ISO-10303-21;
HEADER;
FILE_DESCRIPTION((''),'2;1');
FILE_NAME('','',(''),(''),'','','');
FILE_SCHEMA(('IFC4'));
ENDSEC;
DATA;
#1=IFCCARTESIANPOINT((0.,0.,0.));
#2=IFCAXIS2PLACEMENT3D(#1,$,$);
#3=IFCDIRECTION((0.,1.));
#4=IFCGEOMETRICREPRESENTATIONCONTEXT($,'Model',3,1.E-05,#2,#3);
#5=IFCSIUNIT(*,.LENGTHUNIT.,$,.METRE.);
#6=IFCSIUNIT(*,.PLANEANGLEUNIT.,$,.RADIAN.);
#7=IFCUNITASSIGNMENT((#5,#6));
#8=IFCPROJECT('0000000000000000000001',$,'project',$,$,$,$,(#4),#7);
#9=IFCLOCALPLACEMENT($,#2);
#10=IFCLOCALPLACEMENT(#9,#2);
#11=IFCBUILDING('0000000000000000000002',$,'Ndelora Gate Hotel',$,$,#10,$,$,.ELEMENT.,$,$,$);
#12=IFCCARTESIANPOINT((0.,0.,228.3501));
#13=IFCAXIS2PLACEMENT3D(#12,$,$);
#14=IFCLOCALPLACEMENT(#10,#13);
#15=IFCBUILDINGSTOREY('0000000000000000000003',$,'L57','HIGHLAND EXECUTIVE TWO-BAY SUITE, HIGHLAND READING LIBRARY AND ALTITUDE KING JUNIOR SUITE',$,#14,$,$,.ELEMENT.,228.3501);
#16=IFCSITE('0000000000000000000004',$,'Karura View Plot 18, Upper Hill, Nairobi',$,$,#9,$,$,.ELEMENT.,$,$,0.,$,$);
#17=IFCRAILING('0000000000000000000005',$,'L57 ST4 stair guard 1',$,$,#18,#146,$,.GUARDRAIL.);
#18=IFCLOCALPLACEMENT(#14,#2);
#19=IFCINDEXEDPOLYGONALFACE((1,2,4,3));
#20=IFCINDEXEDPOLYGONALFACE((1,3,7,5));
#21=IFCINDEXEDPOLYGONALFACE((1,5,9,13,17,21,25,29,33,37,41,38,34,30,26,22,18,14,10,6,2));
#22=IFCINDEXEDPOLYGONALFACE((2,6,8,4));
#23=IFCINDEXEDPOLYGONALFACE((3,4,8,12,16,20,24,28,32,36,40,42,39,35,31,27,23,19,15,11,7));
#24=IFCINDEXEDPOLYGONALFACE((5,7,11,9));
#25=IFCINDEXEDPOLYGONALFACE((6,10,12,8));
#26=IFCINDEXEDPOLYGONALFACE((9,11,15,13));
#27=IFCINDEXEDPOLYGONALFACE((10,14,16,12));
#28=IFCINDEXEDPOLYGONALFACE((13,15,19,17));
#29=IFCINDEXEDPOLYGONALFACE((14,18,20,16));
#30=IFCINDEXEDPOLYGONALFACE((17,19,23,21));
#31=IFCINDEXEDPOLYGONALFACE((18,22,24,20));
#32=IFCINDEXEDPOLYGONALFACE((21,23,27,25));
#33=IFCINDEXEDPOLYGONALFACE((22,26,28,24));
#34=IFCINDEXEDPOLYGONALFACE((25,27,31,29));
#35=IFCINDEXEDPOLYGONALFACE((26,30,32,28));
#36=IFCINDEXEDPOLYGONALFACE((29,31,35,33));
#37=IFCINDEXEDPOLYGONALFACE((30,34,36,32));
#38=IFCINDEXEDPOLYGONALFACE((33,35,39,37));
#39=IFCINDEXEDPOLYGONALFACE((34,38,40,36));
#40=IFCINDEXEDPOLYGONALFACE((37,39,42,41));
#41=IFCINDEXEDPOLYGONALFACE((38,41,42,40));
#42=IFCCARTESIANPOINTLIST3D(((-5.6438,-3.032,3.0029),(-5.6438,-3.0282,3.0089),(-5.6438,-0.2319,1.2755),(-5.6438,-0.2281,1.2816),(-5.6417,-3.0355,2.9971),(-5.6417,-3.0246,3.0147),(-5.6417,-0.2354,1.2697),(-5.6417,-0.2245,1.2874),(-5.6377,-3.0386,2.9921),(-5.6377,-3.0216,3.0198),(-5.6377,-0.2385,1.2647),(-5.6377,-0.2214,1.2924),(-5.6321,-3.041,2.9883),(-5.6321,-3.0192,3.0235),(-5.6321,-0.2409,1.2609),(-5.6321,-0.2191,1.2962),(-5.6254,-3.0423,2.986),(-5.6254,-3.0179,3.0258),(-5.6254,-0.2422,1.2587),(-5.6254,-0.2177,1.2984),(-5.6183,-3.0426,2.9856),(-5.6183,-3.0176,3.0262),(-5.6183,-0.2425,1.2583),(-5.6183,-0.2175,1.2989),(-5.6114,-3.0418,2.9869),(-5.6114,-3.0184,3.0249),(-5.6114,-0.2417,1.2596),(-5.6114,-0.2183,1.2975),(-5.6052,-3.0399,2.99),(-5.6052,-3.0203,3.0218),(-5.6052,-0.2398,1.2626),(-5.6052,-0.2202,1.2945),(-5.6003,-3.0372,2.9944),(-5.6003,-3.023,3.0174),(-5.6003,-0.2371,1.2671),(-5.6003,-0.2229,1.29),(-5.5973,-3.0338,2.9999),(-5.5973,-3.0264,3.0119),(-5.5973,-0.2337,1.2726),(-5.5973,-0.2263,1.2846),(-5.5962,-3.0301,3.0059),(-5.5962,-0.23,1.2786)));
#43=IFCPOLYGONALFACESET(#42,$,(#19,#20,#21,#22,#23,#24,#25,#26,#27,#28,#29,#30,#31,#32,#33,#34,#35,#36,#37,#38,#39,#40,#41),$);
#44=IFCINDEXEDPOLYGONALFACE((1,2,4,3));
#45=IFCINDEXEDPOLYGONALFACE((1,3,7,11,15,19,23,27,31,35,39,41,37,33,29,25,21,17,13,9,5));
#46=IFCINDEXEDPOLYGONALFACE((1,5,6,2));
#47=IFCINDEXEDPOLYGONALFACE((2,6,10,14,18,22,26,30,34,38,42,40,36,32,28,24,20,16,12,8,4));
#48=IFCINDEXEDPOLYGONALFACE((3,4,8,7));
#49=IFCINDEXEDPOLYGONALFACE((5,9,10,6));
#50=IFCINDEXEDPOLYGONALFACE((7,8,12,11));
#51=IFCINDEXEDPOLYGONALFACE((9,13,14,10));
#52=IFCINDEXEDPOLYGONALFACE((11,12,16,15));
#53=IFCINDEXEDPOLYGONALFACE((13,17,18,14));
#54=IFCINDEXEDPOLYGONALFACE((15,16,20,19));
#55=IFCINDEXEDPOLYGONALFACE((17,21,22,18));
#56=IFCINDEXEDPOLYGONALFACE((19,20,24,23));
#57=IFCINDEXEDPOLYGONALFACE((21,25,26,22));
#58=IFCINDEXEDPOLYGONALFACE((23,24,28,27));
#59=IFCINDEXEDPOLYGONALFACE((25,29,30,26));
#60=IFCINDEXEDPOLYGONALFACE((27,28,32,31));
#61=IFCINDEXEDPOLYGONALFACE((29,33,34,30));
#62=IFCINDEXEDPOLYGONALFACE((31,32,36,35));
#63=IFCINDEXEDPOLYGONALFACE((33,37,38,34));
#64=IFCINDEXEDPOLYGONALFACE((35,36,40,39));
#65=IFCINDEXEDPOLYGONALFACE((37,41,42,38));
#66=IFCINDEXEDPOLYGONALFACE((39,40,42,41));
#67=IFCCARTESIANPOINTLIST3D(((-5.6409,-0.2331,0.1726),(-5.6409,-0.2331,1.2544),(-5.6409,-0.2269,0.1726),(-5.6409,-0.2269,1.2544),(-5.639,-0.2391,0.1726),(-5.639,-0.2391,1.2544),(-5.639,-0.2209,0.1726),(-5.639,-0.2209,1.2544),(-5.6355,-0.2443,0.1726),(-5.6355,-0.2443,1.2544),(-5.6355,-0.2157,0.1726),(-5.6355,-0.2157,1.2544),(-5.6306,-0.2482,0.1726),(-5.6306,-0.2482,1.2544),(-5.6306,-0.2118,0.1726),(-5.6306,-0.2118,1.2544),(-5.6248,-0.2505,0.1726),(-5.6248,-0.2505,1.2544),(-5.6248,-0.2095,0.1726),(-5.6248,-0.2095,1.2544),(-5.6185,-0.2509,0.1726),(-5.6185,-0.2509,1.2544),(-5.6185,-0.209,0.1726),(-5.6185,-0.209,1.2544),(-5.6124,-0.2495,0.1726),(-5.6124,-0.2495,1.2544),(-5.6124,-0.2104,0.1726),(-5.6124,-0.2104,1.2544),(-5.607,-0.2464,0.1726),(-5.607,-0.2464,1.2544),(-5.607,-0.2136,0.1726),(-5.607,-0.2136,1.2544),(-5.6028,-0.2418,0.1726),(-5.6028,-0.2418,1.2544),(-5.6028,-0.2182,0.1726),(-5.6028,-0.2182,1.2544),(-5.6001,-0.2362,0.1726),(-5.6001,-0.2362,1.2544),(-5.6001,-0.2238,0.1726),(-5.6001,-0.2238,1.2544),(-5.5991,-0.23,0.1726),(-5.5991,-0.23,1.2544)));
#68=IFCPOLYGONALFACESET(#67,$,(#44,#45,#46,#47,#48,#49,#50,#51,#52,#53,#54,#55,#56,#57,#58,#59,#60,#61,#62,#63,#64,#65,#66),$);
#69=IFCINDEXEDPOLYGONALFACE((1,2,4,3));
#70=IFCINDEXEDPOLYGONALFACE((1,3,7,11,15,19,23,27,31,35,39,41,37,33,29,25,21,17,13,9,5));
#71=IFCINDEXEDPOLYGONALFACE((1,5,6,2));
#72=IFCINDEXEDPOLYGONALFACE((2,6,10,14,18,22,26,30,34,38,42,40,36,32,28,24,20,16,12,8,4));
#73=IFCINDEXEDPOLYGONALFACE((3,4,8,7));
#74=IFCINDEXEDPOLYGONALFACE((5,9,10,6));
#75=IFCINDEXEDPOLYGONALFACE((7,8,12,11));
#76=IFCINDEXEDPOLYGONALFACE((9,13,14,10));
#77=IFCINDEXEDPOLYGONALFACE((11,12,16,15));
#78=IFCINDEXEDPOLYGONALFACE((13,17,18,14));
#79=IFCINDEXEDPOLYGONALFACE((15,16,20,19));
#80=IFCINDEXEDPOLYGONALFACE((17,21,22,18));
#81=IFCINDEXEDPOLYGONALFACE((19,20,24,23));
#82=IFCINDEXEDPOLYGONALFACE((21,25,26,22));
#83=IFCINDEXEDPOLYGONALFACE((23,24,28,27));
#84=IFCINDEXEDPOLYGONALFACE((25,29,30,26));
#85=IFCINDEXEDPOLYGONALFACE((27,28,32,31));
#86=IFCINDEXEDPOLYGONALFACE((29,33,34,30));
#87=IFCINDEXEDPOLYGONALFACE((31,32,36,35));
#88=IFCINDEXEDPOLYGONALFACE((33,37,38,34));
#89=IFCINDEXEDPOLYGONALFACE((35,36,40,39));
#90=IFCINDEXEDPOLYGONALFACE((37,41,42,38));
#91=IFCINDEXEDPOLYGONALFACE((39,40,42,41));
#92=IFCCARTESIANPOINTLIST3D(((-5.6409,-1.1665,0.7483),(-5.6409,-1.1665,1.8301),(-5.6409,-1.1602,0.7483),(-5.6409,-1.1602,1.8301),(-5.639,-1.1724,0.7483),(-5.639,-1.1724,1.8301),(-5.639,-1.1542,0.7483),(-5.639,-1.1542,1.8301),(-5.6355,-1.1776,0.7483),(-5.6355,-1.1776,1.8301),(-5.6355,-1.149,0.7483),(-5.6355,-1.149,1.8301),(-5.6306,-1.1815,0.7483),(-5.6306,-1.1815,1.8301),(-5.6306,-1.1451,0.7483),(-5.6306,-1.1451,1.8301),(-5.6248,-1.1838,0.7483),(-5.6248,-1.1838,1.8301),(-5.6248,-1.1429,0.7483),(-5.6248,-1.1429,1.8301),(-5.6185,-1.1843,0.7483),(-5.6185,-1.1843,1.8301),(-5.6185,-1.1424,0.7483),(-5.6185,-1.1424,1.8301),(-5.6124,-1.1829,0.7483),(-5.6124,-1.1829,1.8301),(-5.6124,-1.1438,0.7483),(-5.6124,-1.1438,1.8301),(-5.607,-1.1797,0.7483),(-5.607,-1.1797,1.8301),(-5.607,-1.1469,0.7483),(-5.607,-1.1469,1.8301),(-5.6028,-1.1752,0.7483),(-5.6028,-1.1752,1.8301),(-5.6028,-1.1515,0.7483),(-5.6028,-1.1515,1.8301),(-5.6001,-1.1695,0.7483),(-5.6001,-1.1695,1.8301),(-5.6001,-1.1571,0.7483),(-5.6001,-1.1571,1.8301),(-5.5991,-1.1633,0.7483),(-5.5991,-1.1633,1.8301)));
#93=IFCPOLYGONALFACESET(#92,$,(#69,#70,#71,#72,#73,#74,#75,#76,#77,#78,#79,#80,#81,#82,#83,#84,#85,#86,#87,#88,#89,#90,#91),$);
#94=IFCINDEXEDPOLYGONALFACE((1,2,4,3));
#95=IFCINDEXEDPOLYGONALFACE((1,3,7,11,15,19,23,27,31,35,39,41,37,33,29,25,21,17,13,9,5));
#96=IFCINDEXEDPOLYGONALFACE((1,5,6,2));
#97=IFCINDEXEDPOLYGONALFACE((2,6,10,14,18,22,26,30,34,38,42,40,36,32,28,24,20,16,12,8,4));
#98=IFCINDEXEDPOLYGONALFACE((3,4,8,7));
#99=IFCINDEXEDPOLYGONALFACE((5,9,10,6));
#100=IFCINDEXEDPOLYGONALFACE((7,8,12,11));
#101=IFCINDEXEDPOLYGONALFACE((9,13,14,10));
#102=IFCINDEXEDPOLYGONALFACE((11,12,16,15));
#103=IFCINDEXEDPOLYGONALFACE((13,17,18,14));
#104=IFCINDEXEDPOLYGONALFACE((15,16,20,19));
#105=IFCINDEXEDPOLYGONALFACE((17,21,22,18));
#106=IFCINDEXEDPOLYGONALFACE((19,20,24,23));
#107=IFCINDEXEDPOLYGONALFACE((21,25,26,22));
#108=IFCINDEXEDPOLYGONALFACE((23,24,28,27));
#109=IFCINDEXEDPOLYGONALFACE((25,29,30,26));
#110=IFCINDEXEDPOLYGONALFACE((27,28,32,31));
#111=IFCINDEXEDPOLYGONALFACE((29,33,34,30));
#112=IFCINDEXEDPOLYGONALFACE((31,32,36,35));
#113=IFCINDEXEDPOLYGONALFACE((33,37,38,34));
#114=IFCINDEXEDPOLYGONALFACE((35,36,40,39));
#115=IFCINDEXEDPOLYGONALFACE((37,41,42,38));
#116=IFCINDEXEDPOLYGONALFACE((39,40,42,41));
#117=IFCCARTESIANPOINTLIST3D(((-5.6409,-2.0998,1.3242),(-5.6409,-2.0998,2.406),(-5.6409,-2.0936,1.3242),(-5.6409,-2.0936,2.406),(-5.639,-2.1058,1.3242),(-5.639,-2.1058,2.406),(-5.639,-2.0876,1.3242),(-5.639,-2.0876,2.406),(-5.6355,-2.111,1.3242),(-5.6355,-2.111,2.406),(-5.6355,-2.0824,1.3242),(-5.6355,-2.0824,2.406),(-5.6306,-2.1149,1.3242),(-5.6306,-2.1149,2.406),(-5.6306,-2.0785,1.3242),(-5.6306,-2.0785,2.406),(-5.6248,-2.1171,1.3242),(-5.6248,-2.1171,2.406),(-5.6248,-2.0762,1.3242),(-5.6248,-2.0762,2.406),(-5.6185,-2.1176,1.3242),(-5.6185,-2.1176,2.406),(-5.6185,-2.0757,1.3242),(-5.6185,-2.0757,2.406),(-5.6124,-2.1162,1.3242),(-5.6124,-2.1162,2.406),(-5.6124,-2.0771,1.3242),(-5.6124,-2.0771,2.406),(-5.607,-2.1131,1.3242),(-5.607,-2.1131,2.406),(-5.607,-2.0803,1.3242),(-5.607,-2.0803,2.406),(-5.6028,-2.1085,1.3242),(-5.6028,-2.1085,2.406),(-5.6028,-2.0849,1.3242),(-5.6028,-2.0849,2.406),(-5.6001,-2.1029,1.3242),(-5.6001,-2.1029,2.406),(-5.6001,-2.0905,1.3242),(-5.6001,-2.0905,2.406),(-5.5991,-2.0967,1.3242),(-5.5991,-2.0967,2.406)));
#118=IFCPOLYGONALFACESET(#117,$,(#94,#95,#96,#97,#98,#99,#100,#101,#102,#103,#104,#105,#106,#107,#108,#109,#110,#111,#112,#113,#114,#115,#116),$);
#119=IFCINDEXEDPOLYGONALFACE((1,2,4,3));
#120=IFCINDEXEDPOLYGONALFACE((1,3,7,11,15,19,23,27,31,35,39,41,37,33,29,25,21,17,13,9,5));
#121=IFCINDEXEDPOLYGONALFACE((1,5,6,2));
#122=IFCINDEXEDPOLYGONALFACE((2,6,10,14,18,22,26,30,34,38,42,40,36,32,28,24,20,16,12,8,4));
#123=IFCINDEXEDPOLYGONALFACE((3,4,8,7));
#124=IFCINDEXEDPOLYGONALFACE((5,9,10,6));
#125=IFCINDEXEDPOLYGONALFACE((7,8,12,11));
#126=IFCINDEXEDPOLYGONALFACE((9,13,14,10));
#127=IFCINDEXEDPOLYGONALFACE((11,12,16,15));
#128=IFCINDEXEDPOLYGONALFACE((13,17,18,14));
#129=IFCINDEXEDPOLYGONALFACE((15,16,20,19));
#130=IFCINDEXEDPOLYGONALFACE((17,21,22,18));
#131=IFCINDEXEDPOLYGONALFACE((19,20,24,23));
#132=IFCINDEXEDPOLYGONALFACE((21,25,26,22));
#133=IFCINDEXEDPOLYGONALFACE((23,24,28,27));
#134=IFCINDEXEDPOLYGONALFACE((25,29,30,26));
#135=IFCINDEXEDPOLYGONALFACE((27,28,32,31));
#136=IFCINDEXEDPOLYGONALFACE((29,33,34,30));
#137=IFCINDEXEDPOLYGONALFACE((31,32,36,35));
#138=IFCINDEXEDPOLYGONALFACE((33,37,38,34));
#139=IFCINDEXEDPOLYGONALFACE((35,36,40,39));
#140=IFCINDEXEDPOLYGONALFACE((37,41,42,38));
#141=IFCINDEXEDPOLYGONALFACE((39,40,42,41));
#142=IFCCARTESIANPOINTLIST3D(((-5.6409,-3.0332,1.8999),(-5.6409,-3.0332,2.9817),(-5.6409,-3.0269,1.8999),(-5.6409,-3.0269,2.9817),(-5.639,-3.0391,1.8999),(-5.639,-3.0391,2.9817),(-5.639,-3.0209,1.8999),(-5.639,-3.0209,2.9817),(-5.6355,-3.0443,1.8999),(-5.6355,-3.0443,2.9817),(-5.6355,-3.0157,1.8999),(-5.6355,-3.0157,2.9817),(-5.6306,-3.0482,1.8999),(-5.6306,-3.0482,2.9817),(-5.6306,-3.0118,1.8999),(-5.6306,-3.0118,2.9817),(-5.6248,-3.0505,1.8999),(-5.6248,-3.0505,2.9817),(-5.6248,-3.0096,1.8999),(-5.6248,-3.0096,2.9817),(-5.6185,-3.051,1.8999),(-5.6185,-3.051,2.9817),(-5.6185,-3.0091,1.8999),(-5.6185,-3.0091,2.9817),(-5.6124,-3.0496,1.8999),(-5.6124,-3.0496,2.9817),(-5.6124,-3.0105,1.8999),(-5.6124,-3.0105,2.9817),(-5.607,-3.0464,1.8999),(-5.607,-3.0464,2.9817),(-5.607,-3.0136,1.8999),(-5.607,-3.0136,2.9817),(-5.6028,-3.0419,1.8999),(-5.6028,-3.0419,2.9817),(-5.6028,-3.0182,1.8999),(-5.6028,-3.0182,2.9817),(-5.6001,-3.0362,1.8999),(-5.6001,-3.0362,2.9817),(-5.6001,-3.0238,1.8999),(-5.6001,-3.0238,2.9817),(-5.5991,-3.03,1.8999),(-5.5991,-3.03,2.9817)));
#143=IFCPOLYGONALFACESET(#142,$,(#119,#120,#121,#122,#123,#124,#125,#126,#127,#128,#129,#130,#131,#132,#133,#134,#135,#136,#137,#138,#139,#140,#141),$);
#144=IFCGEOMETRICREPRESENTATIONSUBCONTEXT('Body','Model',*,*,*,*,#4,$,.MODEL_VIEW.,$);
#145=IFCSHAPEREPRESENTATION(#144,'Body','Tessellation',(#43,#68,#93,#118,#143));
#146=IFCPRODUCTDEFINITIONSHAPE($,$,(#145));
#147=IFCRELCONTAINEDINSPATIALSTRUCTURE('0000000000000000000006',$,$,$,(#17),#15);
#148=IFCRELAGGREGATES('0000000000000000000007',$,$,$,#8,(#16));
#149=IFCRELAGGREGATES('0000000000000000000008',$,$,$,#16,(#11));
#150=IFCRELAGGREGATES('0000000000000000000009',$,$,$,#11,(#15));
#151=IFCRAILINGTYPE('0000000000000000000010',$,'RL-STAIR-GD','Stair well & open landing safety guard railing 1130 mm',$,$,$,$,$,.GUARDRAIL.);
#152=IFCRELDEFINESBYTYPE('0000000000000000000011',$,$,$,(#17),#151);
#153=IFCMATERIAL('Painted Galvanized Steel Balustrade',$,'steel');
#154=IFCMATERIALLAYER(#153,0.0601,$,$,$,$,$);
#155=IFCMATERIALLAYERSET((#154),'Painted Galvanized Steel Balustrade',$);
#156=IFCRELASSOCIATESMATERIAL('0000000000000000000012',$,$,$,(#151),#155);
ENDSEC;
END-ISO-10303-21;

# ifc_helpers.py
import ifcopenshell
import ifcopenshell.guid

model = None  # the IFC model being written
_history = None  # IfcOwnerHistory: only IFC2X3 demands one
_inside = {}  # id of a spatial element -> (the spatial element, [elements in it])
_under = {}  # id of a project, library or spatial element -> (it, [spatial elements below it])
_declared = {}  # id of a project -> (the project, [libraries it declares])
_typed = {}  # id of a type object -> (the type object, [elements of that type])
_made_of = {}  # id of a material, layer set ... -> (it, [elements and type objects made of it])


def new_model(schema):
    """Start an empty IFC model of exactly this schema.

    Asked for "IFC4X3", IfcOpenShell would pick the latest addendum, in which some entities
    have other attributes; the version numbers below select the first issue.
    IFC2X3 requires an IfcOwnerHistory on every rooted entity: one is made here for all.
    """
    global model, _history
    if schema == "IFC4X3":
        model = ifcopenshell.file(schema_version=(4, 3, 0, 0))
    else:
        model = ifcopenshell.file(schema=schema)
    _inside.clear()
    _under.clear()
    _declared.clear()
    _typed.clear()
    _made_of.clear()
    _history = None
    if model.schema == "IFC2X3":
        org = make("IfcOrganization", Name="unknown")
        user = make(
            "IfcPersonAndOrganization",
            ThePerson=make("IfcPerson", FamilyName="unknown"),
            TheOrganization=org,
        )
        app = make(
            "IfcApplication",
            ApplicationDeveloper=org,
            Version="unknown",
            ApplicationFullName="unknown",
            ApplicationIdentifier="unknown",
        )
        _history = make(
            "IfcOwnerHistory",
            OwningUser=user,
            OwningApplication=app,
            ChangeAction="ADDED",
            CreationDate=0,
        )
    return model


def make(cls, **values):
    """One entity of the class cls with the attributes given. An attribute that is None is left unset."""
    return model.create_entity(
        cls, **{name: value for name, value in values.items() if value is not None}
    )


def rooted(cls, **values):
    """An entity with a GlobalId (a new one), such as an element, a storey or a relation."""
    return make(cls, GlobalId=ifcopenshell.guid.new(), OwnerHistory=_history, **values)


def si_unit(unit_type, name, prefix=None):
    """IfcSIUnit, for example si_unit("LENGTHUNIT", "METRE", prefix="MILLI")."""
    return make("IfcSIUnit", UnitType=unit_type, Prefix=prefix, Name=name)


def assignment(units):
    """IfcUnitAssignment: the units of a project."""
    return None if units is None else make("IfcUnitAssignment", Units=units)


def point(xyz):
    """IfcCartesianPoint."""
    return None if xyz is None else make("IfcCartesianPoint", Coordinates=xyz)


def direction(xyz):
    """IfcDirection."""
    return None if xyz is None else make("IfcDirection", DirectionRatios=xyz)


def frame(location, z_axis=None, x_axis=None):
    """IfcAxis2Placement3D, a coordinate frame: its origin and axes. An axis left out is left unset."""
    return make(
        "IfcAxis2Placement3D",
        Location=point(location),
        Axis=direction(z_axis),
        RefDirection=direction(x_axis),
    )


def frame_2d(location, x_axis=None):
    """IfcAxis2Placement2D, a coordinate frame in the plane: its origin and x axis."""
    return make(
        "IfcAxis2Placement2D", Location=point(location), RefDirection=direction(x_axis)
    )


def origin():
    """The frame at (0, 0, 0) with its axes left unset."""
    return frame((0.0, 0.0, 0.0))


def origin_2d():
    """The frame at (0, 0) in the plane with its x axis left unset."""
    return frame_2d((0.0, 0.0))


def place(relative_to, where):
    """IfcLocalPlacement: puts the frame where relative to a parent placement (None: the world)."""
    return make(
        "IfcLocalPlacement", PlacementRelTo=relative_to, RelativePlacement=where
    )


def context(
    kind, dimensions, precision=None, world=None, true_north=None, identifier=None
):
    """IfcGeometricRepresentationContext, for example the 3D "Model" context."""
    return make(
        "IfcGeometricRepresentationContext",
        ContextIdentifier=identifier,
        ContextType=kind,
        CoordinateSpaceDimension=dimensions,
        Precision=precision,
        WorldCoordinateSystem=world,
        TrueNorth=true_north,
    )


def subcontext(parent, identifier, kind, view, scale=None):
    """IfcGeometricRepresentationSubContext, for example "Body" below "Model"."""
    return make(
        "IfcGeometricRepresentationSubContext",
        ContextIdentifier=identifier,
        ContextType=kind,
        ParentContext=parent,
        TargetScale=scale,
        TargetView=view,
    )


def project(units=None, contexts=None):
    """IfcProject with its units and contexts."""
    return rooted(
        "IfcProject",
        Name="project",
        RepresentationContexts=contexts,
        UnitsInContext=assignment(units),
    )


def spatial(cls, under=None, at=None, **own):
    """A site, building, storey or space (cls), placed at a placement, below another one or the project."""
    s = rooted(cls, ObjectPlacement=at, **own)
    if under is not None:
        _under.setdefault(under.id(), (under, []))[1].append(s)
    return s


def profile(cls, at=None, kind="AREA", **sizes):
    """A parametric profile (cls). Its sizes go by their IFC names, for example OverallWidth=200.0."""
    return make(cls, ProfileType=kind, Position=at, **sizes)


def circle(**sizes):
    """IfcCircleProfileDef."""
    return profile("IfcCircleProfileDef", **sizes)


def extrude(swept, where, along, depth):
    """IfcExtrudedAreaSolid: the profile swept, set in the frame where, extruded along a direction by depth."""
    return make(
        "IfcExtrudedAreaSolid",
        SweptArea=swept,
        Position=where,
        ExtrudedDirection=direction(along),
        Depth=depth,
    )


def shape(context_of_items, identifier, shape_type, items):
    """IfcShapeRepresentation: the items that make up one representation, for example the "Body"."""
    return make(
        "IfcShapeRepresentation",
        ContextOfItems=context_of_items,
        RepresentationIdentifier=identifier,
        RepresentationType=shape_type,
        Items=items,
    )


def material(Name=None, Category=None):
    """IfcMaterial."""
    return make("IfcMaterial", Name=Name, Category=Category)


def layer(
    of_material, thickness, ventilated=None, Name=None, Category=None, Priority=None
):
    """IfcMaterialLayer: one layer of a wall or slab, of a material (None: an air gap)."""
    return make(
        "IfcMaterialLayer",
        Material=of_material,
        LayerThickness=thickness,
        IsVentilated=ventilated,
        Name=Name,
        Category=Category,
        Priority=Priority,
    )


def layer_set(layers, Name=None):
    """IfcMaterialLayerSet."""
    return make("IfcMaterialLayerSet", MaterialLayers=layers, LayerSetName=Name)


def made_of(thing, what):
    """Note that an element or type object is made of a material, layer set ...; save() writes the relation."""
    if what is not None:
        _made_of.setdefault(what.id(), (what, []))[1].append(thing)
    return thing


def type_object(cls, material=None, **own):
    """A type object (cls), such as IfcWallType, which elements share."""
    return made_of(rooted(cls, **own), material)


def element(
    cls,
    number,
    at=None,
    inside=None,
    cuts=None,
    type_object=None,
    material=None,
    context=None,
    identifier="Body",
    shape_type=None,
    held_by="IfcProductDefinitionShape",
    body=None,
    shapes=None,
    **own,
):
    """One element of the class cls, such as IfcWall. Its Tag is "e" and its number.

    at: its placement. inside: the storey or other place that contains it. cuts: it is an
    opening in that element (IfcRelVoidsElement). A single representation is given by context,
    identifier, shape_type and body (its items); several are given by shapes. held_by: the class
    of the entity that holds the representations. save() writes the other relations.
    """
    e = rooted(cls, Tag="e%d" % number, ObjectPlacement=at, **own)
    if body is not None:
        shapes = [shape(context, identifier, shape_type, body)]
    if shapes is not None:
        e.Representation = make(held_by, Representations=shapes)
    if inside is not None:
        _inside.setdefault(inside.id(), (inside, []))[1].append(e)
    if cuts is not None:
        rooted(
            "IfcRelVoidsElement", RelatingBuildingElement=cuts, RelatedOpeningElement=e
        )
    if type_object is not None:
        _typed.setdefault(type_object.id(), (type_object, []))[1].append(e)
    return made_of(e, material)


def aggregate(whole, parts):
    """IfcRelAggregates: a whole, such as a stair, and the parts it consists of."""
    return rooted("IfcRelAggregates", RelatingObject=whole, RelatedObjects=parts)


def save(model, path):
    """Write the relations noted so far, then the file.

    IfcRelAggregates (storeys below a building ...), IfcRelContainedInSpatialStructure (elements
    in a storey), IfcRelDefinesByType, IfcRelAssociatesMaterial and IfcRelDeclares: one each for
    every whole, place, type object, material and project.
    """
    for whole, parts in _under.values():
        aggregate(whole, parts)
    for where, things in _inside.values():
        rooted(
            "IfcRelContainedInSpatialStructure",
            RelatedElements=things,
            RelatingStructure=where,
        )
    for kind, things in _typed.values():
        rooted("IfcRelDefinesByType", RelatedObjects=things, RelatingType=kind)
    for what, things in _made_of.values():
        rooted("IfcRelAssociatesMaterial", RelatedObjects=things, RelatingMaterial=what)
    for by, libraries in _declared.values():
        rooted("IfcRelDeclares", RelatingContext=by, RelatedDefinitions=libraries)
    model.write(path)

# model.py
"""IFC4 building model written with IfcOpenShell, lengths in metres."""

from ifc_helpers import new_model, si_unit, direction, frame, origin, origin_2d, place, context, subcontext, project, spatial, circle, extrude, material, layer, layer_set, type_object, element, save


model = new_model("IFC4")

# Units and contexts
model_context = context("Model", 3, precision=1e-05, world=origin(), true_north=direction((0.0, 1.0)))
body_context = subcontext(model_context, "Body", "Model", "MODEL_VIEW")
ifc_project = project(units=[si_unit("LENGTHUNIT", "METRE"), si_unit("PLANEANGLEUNIT", "RADIAN")], contexts=[model_context])

# Site, building, storey
site_placement = place(None, origin())
site = spatial("IfcSite", under=ifc_project, at=site_placement, Name="Karura View Plot 18, Upper Hill, Nairobi", CompositionType="ELEMENT", RefElevation=0.0)
building_placement = place(site_placement, origin())
building = spatial("IfcBuilding", under=site, at=building_placement, Name="Ndelora Gate Hotel", CompositionType="ELEMENT")
storey_placement = place(building_placement, frame((0.0, 0.0, 228.3501)))
storey = spatial("IfcBuildingStorey", under=building, at=storey_placement, Name="L57", Description="HIGHLAND EXECUTIVE TWO-BAY SUITE, HIGHLAND READING LIBRARY AND ALTITUDE KING JUNIOR SUITE", CompositionType="ELEMENT", Elevation=228.3501)

# Railing
ifc_material_1 = material(Name="Painted Galvanized Steel Balustrade", Category="steel")
ifc_layer_1 = layer(ifc_material_1, 0.0601)
ifc_layer_set_1 = layer_set([ifc_layer_1], Name="Painted Galvanized Steel Balustrade")
railing_type_1 = type_object("IfcRailingType", Name="RL-STAIR-GD", Description="Stair well & open landing safety guard railing 1130 mm", PredefinedType="GUARDRAIL", material=ifc_layer_set_1)
railing_1_placement = place(storey_placement, frame((-5.6201, -0.23, 0.1726)))
element("IfcRailing", 1, at=railing_1_placement, inside=storey, type_object=railing_type_1, Name="L57 ST4 stair guard 1", PredefinedType="GUARDRAIL", context=body_context, shape_type="SweptSolid", body=[
    extrude(circle(Radius=0.0239, at=origin_2d()), frame((0.0, 0.0, 1.106), z_axis=(0.0, -0.85109, 0.52502), x_axis=(1.0, 0.0, 0.0)), (0.0, 0.0, 1.0), 3.29),
    extrude(circle(Radius=0.021, at=origin_2d()), origin(), (0.0, 0.0, 1.0), 1.0818),
    extrude(circle(Radius=0.021, at=origin_2d()), frame((0.0, -0.9333, 0.5757)), (0.0, 0.0, 1.0), 1.0818),
    extrude(circle(Radius=0.021, at=origin_2d()), frame((0.0, -1.8667, 1.1516)), (0.0, 0.0, 1.0), 1.0818),
    extrude(circle(Radius=0.021, at=origin_2d()), frame((0.0, -2.8, 1.7273)), (0.0, 0.0, 1.0), 1.0818),
])

save(model, "model.ifc")
